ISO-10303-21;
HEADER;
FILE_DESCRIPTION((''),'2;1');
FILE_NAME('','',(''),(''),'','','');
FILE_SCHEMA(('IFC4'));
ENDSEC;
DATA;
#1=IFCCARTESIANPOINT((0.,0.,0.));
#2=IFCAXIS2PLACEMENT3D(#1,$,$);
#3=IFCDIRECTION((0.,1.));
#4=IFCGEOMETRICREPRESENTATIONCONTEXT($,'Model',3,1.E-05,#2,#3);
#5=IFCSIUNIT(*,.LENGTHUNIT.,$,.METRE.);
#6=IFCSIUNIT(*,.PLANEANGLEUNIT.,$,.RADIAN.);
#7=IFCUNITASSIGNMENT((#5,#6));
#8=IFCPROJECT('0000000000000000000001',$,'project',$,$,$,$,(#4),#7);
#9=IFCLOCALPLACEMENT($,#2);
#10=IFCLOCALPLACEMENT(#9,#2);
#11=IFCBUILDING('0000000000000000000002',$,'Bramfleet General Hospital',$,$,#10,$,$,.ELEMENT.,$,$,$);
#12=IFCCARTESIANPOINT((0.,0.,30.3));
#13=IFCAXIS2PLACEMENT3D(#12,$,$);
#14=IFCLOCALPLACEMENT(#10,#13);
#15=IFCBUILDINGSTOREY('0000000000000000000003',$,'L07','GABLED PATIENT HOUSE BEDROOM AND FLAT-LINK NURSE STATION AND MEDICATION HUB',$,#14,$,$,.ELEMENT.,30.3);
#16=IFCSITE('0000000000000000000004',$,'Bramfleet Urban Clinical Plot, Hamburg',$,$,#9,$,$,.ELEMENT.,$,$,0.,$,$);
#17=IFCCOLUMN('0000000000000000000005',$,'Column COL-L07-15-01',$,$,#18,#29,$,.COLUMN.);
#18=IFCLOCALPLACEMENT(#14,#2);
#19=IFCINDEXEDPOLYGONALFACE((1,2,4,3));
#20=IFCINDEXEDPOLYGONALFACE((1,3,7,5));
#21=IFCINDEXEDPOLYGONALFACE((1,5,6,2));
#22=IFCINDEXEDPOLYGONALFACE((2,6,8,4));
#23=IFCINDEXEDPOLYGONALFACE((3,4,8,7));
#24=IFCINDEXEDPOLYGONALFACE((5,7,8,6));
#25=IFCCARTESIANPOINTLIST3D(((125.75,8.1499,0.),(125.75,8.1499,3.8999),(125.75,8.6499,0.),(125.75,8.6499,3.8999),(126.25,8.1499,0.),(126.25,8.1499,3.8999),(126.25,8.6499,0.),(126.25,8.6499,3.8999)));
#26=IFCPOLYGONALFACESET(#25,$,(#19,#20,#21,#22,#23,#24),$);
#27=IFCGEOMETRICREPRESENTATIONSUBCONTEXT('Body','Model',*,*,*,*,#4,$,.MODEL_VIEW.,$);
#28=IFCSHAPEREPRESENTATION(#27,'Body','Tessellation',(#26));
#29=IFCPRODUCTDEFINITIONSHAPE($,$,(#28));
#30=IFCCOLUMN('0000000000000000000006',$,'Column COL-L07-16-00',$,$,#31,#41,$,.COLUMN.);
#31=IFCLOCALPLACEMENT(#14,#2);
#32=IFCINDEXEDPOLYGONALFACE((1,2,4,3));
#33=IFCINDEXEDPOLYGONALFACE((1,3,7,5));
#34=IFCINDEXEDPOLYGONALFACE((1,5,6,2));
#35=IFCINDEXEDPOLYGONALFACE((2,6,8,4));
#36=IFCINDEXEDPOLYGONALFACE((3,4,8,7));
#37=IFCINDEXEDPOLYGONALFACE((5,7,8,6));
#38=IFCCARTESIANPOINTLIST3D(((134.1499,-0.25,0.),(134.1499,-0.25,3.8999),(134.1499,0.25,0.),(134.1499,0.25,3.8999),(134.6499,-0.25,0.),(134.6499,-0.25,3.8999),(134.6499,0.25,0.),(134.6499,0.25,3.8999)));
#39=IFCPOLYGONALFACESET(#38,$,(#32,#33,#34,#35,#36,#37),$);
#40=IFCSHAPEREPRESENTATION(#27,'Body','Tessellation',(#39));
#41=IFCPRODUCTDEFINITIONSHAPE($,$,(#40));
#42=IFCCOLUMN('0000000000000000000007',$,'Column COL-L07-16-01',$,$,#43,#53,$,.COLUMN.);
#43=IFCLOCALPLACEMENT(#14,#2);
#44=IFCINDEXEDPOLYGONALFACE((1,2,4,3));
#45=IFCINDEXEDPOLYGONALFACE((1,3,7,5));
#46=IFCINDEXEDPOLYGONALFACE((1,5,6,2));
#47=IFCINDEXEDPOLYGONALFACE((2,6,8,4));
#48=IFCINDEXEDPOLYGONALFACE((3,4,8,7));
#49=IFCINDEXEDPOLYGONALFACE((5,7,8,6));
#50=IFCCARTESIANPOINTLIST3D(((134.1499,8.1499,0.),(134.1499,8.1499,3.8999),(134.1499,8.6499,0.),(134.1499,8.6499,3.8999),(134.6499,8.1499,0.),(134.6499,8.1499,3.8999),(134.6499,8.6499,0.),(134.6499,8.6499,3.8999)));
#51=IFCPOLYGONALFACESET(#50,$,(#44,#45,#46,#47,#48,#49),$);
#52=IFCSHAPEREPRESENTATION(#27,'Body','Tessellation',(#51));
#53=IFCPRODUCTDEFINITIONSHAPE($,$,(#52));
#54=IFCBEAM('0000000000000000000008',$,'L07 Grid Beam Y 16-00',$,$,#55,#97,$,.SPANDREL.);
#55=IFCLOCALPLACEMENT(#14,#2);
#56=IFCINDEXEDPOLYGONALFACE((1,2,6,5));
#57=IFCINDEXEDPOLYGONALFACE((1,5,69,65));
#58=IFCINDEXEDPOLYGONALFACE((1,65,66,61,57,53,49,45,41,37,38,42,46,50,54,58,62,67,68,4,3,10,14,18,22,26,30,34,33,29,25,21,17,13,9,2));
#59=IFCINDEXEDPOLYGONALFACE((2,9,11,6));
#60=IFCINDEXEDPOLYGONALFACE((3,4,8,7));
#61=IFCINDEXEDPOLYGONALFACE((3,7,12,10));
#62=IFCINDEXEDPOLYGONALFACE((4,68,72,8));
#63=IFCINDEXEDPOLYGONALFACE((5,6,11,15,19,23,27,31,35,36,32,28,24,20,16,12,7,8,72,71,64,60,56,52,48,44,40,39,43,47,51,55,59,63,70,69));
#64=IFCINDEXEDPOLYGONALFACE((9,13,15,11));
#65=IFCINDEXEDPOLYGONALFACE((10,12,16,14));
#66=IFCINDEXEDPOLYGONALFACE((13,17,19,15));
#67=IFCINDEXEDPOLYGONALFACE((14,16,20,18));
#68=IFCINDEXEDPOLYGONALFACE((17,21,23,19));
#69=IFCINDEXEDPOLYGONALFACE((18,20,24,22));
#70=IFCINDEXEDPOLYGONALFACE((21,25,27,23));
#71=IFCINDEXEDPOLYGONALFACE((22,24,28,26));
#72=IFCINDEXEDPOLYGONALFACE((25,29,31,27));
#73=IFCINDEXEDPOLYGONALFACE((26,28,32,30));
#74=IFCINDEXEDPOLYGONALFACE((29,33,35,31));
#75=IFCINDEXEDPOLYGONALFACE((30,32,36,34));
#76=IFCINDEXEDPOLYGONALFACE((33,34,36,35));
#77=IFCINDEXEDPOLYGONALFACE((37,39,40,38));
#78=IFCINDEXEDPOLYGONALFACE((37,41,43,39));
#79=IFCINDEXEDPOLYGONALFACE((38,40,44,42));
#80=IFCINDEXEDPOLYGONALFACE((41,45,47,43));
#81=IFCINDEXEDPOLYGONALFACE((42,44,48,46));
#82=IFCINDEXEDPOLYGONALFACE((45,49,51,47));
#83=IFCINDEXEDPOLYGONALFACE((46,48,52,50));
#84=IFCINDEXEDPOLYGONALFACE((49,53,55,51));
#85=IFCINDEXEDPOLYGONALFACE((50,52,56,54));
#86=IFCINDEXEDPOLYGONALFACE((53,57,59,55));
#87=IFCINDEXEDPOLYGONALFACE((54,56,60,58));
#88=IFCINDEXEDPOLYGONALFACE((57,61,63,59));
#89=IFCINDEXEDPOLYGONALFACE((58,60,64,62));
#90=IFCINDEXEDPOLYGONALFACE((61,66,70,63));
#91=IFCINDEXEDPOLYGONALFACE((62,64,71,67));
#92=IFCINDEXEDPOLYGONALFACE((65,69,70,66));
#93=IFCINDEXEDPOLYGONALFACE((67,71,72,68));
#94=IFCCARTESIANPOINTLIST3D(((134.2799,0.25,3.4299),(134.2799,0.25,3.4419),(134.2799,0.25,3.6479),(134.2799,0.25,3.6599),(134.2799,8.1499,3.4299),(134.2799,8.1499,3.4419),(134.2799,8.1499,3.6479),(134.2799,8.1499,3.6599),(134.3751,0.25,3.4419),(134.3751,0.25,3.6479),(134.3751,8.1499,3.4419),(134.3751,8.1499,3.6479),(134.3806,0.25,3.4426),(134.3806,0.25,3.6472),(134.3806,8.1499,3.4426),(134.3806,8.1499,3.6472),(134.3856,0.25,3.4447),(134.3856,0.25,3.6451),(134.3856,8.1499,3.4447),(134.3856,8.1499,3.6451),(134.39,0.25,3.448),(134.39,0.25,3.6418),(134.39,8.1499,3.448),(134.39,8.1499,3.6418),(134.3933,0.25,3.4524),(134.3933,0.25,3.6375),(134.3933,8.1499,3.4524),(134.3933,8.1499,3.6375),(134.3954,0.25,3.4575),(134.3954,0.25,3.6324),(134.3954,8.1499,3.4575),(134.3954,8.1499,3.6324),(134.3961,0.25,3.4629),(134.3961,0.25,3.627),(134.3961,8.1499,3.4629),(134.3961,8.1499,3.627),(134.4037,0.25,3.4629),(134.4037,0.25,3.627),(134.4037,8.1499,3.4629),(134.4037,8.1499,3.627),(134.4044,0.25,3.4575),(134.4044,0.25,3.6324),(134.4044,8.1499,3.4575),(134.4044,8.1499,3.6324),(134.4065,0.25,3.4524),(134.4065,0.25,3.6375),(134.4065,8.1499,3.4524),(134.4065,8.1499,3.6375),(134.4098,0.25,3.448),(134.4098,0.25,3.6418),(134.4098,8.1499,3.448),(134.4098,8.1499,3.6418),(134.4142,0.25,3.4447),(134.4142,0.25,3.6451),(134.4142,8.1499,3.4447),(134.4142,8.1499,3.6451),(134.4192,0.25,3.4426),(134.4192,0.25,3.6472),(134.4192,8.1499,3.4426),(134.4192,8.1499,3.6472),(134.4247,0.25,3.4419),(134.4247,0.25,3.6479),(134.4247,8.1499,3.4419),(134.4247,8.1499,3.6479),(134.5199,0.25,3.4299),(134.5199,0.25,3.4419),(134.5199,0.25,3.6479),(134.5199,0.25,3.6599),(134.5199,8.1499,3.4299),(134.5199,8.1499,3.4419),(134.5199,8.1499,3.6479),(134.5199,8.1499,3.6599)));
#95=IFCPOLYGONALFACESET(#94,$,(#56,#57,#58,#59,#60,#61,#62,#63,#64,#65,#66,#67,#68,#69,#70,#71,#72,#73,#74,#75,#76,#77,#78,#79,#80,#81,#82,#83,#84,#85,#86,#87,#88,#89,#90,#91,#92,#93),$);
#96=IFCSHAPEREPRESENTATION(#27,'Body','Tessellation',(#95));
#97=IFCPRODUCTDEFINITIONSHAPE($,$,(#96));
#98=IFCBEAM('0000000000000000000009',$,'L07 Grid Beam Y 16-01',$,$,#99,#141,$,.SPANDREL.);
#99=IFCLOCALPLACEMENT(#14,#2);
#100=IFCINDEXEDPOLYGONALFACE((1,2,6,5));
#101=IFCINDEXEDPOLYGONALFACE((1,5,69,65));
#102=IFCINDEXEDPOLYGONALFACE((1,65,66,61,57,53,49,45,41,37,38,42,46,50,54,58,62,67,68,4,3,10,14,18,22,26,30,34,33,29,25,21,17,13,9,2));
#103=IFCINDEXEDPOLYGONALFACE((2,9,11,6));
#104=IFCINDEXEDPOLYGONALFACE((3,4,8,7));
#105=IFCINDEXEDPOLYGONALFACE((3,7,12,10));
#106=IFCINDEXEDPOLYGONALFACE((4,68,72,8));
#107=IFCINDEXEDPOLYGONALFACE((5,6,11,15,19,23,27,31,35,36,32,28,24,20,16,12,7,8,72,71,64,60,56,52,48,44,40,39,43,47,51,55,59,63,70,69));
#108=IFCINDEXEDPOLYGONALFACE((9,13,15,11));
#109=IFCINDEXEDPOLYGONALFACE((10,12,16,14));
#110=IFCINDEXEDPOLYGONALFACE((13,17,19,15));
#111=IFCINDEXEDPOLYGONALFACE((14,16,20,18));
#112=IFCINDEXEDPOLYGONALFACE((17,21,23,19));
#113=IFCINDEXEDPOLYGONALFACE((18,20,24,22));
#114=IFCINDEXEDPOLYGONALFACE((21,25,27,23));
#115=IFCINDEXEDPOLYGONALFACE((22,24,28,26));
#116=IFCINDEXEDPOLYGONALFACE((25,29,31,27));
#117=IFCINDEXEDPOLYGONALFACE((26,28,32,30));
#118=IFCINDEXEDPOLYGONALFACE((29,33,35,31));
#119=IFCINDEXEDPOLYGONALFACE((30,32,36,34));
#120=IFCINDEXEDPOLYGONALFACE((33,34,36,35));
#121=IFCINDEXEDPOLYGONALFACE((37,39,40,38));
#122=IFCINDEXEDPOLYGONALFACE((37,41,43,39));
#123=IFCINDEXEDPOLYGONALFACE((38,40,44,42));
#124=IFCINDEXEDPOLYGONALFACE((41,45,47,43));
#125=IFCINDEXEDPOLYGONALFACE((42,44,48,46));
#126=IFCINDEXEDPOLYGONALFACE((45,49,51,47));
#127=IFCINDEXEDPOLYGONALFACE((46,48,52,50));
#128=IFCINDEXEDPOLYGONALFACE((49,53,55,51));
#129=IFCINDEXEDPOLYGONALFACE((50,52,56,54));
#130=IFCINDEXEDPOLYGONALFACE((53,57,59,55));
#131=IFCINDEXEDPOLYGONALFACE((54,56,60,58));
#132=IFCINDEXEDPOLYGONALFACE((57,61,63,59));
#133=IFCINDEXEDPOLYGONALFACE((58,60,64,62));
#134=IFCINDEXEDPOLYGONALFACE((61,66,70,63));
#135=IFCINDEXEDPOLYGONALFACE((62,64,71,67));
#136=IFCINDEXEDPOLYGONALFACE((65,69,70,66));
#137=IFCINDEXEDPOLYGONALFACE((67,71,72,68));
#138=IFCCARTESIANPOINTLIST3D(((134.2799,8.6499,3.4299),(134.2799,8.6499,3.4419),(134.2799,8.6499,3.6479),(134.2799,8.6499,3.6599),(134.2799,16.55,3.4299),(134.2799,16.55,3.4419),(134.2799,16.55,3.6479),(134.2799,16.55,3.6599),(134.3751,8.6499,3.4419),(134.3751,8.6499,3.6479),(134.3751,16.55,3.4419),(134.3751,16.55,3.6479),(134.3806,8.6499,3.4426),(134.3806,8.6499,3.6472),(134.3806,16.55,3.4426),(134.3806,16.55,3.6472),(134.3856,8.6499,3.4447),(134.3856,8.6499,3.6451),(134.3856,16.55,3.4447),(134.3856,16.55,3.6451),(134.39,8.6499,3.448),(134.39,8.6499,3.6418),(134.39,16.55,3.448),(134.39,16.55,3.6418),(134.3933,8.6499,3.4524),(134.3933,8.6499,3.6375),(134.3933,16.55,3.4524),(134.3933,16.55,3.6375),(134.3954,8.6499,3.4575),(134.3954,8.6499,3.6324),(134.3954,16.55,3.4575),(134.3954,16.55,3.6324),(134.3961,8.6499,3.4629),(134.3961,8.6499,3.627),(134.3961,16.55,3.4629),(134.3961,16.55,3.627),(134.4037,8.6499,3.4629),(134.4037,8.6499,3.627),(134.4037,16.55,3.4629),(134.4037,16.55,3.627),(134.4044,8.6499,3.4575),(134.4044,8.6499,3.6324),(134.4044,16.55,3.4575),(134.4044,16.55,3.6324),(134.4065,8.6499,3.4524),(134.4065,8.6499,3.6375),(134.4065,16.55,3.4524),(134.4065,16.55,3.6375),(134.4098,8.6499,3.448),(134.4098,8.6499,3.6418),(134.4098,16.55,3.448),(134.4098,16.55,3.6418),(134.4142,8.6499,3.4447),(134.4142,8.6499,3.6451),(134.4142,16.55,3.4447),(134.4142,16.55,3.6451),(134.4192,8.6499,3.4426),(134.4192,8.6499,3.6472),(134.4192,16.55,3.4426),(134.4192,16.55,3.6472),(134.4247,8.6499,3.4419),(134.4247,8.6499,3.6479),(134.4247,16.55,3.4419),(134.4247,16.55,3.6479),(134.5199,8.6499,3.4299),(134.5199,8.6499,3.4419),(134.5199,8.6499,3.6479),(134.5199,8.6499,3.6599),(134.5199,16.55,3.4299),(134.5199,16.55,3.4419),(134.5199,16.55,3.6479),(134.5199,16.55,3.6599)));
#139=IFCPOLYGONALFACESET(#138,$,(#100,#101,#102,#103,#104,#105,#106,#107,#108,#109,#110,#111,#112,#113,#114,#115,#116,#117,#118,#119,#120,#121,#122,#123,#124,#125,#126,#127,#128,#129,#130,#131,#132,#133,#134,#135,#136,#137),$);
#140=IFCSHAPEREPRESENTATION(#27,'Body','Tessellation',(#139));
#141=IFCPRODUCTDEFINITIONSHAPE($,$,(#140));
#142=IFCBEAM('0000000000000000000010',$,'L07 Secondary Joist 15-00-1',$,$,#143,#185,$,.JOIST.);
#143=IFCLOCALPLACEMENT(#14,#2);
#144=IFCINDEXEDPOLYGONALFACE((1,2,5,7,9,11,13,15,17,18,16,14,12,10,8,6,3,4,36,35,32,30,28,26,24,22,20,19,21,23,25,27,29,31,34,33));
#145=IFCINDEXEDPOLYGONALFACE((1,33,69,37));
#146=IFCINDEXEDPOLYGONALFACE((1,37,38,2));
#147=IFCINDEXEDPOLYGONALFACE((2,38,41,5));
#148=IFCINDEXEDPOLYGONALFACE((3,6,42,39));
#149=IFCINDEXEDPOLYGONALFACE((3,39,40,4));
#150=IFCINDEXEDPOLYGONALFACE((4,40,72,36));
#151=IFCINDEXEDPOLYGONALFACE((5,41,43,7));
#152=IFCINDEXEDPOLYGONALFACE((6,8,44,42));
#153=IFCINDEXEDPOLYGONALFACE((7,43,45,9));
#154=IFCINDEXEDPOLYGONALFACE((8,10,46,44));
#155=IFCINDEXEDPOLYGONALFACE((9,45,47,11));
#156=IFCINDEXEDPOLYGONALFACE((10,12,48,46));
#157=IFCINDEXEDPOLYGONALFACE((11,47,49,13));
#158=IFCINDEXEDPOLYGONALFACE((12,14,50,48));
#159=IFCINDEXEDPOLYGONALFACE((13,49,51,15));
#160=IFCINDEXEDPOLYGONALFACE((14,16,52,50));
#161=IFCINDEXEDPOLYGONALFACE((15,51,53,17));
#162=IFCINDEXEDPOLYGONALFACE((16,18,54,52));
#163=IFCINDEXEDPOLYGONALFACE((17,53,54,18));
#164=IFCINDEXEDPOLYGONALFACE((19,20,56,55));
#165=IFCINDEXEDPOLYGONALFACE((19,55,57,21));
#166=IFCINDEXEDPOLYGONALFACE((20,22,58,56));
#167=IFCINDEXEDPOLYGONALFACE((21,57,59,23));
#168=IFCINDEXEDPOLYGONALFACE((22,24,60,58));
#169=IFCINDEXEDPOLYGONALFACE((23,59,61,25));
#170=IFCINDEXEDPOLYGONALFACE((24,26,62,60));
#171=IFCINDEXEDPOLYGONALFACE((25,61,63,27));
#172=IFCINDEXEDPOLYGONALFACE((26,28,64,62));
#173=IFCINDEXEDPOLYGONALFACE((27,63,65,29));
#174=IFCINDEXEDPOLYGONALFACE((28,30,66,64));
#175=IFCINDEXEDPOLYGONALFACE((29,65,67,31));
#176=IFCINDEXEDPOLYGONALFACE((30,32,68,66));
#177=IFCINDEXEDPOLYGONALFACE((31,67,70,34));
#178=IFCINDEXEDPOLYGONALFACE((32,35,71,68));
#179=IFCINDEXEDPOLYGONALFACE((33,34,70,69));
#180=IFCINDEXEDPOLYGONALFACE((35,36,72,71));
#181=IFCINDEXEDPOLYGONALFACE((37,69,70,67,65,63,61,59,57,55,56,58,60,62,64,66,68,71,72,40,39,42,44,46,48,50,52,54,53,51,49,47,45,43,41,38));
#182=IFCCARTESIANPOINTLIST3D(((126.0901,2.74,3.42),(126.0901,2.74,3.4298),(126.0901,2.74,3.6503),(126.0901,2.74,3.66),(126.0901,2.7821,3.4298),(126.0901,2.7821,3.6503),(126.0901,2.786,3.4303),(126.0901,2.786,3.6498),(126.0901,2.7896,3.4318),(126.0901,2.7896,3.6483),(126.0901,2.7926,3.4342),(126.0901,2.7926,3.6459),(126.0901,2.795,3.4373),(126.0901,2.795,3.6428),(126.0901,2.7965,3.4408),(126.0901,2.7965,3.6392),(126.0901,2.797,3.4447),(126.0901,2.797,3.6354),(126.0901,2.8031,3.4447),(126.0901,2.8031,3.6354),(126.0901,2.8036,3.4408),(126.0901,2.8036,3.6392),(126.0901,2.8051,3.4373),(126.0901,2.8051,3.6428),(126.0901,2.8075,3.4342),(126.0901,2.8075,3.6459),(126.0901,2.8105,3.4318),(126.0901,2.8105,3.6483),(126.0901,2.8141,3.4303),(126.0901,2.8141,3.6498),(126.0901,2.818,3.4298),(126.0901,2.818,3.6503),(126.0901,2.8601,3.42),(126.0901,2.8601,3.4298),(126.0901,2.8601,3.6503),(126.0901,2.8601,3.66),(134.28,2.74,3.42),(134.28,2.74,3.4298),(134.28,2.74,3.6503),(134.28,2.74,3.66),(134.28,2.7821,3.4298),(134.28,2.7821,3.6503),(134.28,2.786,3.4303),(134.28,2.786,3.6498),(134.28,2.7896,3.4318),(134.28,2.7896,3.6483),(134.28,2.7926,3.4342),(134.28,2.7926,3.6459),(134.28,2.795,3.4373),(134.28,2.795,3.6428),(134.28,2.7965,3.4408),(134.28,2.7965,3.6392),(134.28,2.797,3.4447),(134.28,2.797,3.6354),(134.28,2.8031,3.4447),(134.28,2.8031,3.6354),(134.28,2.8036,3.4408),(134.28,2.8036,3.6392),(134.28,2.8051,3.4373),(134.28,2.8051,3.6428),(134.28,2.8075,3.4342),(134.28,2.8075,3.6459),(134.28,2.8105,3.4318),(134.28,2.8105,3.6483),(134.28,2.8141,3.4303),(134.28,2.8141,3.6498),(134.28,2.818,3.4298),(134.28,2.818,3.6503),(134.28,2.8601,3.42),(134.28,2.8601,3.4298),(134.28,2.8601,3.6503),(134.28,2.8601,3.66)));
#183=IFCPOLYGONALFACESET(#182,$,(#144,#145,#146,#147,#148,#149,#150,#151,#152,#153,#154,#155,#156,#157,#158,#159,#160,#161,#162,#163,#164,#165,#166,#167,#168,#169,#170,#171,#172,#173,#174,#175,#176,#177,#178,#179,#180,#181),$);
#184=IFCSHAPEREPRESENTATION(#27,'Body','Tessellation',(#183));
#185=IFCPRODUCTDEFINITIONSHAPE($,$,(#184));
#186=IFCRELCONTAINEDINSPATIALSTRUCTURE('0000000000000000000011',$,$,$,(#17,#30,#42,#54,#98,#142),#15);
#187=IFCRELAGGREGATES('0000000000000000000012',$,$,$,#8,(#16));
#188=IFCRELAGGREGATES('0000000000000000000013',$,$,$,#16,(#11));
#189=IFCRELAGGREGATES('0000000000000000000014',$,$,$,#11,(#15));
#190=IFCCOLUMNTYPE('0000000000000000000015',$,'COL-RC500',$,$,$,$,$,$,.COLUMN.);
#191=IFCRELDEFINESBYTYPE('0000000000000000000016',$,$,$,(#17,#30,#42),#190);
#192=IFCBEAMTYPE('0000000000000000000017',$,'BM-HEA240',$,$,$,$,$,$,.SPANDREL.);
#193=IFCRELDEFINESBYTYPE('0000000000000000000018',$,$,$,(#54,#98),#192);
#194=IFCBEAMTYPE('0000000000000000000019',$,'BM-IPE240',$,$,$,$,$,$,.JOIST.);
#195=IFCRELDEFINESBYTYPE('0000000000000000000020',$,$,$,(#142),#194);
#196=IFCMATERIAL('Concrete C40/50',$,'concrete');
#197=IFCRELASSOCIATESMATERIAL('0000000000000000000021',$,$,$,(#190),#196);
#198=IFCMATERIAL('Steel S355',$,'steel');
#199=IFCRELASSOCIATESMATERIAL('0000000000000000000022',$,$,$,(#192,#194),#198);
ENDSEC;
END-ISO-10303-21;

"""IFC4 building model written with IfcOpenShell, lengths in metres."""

from ifc_helpers import new_model, si_unit, direction, frame, origin, origin_2d, place, context, subcontext, project, spatial, rectangle, i_section, extrude, material, material_profile, profile_set, type_object, element, save


model = new_model("IFC4")

# Units and contexts
model_context = context("Model", 3, precision=1e-05, world=origin(), true_north=direction((0.0, 1.0)))
body_context = subcontext(model_context, "Body", "Model", "MODEL_VIEW")
ifc_project = project(units=[si_unit("LENGTHUNIT", "METRE"), si_unit("PLANEANGLEUNIT", "RADIAN")], contexts=[model_context])

# Site, building, storey
site_placement = place(None, origin())
site = spatial("IfcSite", under=ifc_project, at=site_placement, Name="Bramfleet Urban Clinical Plot, Hamburg", CompositionType="ELEMENT", RefElevation=0.0)
building_placement = place(site_placement, origin())
building = spatial("IfcBuilding", under=site, at=building_placement, Name="Bramfleet General Hospital", CompositionType="ELEMENT")
storey_placement = place(building_placement, frame((0.0, 0.0, 30.3)))
storey = spatial("IfcBuildingStorey", under=building, at=storey_placement, Name="L07", Description="GABLED PATIENT HOUSE BEDROOM AND FLAT-LINK NURSE STATION AND MEDICATION HUB", CompositionType="ELEMENT", Elevation=30.3)

# Columns
ifc_material_1 = material(Name="Concrete C40/50", Category="concrete")
ifc_material_profile_1 = material_profile(ifc_material_1, rectangle(XDim=0.5, YDim=0.5, at=origin_2d()), Name="RC COL 500x500")
ifc_profile_set_1 = profile_set([ifc_material_profile_1], Name="Concrete C40/50")
column_type = type_object("IfcColumnType", Name="COL-RC500", PredefinedType="COLUMN", material=ifc_profile_set_1)
for number, where, z_axis, x_axis, name in (
    (1, (126.0, 8.3999, 0.0), (0.0, 0.0, 1.0), (1.0, 0.0, 0.0), "Column COL-L07-15-01"),
    (2, (134.3999, 0.0, 0.0), (0.0, 0.0, 1.0), (1.0, 0.0, 0.0), "Column COL-L07-16-00"),
    (3, (134.3999, 8.3999, 0.0), (0.0, 0.0, 1.0), (1.0, 0.0, 0.0), "Column COL-L07-16-01"),
):
    element("IfcColumn", number, at=place(storey_placement, frame(where, z_axis=z_axis, x_axis=x_axis)), inside=storey, type_object=column_type, Name=name, PredefinedType="COLUMN", context=body_context, shape_type="SweptSolid", body=[
        extrude(rectangle(XDim=0.5, YDim=0.5, at=origin_2d()), origin(), (0.0, 0.0, 1.0), 3.8999),
    ])

# Beams
ifc_material_2 = material(Name="Steel S355", Category="steel")
ifc_material_profile_2 = material_profile(ifc_material_2, i_section(OverallWidth=0.24, OverallDepth=0.23, WebThickness=0.0076, FlangeThickness=0.012, FilletRadius=0.021, at=origin_2d()), Name="HEA 240")
ifc_profile_set_2 = profile_set([ifc_material_profile_2], Name="Steel S355")
beam_type_1 = type_object("IfcBeamType", Name="BM-HEA240", PredefinedType="SPANDREL", material=ifc_profile_set_2)
beam_1_placement = place(storey_placement, frame((134.3999, 0.25, 3.5449), z_axis=(0.0, 1.0, 0.0), x_axis=(-1.0, 0.0, 0.0)))
element("IfcBeam", 4, at=beam_1_placement, inside=storey, type_object=beam_type_1, Name="L07 Grid Beam Y 16-00", PredefinedType="SPANDREL", context=body_context, shape_type="SweptSolid", body=[
    extrude(i_section(OverallWidth=0.24, OverallDepth=0.23, WebThickness=0.0076, FlangeThickness=0.012, FilletRadius=0.021, at=origin_2d()), origin(), (0.0, 0.0, 1.0), 7.8999),
])
beam_2_placement = place(storey_placement, frame((134.3999, 8.6499, 3.5449), z_axis=(0.0, 1.0, 0.0), x_axis=(-1.0, 0.0, 0.0)))
element("IfcBeam", 5, at=beam_2_placement, inside=storey, type_object=beam_type_1, Name="L07 Grid Beam Y 16-01", PredefinedType="SPANDREL", context=body_context, shape_type="SweptSolid", body=[
    extrude(i_section(OverallWidth=0.24, OverallDepth=0.23, WebThickness=0.0076, FlangeThickness=0.012, FilletRadius=0.021, at=origin_2d()), origin(), (0.0, 0.0, 1.0), 7.9001),
])
ifc_material_profile_3 = material_profile(ifc_material_2, i_section(OverallWidth=0.1201, OverallDepth=0.24, WebThickness=0.0061, FlangeThickness=0.0098, FilletRadius=0.0149, at=origin_2d()), Name="IPE 240")
ifc_profile_set_3 = profile_set([ifc_material_profile_3], Name="Steel S355")
beam_type_2 = type_object("IfcBeamType", Name="BM-IPE240", PredefinedType="JOIST", material=ifc_profile_set_3)
for number, where, z_axis, x_axis, name in (
    (6, (126.0901, 2.8, 3.54), (1.0, 0.0, 0.0), (0.0, 1.0, 0.0), "L07 Secondary Joist 15-00-1"),
):
    element("IfcBeam", number, at=place(storey_placement, frame(where, z_axis=z_axis, x_axis=x_axis)), inside=storey, type_object=beam_type_2, Name=name, PredefinedType="JOIST", context=body_context, shape_type="SweptSolid", body=[
        extrude(i_section(OverallWidth=0.1201, OverallDepth=0.24, WebThickness=0.0061, FlangeThickness=0.0098, FilletRadius=0.0149, at=origin_2d()), origin(), (0.0, 0.0, 1.0), 8.1899),
    ])

save(model, "model.ifc")
